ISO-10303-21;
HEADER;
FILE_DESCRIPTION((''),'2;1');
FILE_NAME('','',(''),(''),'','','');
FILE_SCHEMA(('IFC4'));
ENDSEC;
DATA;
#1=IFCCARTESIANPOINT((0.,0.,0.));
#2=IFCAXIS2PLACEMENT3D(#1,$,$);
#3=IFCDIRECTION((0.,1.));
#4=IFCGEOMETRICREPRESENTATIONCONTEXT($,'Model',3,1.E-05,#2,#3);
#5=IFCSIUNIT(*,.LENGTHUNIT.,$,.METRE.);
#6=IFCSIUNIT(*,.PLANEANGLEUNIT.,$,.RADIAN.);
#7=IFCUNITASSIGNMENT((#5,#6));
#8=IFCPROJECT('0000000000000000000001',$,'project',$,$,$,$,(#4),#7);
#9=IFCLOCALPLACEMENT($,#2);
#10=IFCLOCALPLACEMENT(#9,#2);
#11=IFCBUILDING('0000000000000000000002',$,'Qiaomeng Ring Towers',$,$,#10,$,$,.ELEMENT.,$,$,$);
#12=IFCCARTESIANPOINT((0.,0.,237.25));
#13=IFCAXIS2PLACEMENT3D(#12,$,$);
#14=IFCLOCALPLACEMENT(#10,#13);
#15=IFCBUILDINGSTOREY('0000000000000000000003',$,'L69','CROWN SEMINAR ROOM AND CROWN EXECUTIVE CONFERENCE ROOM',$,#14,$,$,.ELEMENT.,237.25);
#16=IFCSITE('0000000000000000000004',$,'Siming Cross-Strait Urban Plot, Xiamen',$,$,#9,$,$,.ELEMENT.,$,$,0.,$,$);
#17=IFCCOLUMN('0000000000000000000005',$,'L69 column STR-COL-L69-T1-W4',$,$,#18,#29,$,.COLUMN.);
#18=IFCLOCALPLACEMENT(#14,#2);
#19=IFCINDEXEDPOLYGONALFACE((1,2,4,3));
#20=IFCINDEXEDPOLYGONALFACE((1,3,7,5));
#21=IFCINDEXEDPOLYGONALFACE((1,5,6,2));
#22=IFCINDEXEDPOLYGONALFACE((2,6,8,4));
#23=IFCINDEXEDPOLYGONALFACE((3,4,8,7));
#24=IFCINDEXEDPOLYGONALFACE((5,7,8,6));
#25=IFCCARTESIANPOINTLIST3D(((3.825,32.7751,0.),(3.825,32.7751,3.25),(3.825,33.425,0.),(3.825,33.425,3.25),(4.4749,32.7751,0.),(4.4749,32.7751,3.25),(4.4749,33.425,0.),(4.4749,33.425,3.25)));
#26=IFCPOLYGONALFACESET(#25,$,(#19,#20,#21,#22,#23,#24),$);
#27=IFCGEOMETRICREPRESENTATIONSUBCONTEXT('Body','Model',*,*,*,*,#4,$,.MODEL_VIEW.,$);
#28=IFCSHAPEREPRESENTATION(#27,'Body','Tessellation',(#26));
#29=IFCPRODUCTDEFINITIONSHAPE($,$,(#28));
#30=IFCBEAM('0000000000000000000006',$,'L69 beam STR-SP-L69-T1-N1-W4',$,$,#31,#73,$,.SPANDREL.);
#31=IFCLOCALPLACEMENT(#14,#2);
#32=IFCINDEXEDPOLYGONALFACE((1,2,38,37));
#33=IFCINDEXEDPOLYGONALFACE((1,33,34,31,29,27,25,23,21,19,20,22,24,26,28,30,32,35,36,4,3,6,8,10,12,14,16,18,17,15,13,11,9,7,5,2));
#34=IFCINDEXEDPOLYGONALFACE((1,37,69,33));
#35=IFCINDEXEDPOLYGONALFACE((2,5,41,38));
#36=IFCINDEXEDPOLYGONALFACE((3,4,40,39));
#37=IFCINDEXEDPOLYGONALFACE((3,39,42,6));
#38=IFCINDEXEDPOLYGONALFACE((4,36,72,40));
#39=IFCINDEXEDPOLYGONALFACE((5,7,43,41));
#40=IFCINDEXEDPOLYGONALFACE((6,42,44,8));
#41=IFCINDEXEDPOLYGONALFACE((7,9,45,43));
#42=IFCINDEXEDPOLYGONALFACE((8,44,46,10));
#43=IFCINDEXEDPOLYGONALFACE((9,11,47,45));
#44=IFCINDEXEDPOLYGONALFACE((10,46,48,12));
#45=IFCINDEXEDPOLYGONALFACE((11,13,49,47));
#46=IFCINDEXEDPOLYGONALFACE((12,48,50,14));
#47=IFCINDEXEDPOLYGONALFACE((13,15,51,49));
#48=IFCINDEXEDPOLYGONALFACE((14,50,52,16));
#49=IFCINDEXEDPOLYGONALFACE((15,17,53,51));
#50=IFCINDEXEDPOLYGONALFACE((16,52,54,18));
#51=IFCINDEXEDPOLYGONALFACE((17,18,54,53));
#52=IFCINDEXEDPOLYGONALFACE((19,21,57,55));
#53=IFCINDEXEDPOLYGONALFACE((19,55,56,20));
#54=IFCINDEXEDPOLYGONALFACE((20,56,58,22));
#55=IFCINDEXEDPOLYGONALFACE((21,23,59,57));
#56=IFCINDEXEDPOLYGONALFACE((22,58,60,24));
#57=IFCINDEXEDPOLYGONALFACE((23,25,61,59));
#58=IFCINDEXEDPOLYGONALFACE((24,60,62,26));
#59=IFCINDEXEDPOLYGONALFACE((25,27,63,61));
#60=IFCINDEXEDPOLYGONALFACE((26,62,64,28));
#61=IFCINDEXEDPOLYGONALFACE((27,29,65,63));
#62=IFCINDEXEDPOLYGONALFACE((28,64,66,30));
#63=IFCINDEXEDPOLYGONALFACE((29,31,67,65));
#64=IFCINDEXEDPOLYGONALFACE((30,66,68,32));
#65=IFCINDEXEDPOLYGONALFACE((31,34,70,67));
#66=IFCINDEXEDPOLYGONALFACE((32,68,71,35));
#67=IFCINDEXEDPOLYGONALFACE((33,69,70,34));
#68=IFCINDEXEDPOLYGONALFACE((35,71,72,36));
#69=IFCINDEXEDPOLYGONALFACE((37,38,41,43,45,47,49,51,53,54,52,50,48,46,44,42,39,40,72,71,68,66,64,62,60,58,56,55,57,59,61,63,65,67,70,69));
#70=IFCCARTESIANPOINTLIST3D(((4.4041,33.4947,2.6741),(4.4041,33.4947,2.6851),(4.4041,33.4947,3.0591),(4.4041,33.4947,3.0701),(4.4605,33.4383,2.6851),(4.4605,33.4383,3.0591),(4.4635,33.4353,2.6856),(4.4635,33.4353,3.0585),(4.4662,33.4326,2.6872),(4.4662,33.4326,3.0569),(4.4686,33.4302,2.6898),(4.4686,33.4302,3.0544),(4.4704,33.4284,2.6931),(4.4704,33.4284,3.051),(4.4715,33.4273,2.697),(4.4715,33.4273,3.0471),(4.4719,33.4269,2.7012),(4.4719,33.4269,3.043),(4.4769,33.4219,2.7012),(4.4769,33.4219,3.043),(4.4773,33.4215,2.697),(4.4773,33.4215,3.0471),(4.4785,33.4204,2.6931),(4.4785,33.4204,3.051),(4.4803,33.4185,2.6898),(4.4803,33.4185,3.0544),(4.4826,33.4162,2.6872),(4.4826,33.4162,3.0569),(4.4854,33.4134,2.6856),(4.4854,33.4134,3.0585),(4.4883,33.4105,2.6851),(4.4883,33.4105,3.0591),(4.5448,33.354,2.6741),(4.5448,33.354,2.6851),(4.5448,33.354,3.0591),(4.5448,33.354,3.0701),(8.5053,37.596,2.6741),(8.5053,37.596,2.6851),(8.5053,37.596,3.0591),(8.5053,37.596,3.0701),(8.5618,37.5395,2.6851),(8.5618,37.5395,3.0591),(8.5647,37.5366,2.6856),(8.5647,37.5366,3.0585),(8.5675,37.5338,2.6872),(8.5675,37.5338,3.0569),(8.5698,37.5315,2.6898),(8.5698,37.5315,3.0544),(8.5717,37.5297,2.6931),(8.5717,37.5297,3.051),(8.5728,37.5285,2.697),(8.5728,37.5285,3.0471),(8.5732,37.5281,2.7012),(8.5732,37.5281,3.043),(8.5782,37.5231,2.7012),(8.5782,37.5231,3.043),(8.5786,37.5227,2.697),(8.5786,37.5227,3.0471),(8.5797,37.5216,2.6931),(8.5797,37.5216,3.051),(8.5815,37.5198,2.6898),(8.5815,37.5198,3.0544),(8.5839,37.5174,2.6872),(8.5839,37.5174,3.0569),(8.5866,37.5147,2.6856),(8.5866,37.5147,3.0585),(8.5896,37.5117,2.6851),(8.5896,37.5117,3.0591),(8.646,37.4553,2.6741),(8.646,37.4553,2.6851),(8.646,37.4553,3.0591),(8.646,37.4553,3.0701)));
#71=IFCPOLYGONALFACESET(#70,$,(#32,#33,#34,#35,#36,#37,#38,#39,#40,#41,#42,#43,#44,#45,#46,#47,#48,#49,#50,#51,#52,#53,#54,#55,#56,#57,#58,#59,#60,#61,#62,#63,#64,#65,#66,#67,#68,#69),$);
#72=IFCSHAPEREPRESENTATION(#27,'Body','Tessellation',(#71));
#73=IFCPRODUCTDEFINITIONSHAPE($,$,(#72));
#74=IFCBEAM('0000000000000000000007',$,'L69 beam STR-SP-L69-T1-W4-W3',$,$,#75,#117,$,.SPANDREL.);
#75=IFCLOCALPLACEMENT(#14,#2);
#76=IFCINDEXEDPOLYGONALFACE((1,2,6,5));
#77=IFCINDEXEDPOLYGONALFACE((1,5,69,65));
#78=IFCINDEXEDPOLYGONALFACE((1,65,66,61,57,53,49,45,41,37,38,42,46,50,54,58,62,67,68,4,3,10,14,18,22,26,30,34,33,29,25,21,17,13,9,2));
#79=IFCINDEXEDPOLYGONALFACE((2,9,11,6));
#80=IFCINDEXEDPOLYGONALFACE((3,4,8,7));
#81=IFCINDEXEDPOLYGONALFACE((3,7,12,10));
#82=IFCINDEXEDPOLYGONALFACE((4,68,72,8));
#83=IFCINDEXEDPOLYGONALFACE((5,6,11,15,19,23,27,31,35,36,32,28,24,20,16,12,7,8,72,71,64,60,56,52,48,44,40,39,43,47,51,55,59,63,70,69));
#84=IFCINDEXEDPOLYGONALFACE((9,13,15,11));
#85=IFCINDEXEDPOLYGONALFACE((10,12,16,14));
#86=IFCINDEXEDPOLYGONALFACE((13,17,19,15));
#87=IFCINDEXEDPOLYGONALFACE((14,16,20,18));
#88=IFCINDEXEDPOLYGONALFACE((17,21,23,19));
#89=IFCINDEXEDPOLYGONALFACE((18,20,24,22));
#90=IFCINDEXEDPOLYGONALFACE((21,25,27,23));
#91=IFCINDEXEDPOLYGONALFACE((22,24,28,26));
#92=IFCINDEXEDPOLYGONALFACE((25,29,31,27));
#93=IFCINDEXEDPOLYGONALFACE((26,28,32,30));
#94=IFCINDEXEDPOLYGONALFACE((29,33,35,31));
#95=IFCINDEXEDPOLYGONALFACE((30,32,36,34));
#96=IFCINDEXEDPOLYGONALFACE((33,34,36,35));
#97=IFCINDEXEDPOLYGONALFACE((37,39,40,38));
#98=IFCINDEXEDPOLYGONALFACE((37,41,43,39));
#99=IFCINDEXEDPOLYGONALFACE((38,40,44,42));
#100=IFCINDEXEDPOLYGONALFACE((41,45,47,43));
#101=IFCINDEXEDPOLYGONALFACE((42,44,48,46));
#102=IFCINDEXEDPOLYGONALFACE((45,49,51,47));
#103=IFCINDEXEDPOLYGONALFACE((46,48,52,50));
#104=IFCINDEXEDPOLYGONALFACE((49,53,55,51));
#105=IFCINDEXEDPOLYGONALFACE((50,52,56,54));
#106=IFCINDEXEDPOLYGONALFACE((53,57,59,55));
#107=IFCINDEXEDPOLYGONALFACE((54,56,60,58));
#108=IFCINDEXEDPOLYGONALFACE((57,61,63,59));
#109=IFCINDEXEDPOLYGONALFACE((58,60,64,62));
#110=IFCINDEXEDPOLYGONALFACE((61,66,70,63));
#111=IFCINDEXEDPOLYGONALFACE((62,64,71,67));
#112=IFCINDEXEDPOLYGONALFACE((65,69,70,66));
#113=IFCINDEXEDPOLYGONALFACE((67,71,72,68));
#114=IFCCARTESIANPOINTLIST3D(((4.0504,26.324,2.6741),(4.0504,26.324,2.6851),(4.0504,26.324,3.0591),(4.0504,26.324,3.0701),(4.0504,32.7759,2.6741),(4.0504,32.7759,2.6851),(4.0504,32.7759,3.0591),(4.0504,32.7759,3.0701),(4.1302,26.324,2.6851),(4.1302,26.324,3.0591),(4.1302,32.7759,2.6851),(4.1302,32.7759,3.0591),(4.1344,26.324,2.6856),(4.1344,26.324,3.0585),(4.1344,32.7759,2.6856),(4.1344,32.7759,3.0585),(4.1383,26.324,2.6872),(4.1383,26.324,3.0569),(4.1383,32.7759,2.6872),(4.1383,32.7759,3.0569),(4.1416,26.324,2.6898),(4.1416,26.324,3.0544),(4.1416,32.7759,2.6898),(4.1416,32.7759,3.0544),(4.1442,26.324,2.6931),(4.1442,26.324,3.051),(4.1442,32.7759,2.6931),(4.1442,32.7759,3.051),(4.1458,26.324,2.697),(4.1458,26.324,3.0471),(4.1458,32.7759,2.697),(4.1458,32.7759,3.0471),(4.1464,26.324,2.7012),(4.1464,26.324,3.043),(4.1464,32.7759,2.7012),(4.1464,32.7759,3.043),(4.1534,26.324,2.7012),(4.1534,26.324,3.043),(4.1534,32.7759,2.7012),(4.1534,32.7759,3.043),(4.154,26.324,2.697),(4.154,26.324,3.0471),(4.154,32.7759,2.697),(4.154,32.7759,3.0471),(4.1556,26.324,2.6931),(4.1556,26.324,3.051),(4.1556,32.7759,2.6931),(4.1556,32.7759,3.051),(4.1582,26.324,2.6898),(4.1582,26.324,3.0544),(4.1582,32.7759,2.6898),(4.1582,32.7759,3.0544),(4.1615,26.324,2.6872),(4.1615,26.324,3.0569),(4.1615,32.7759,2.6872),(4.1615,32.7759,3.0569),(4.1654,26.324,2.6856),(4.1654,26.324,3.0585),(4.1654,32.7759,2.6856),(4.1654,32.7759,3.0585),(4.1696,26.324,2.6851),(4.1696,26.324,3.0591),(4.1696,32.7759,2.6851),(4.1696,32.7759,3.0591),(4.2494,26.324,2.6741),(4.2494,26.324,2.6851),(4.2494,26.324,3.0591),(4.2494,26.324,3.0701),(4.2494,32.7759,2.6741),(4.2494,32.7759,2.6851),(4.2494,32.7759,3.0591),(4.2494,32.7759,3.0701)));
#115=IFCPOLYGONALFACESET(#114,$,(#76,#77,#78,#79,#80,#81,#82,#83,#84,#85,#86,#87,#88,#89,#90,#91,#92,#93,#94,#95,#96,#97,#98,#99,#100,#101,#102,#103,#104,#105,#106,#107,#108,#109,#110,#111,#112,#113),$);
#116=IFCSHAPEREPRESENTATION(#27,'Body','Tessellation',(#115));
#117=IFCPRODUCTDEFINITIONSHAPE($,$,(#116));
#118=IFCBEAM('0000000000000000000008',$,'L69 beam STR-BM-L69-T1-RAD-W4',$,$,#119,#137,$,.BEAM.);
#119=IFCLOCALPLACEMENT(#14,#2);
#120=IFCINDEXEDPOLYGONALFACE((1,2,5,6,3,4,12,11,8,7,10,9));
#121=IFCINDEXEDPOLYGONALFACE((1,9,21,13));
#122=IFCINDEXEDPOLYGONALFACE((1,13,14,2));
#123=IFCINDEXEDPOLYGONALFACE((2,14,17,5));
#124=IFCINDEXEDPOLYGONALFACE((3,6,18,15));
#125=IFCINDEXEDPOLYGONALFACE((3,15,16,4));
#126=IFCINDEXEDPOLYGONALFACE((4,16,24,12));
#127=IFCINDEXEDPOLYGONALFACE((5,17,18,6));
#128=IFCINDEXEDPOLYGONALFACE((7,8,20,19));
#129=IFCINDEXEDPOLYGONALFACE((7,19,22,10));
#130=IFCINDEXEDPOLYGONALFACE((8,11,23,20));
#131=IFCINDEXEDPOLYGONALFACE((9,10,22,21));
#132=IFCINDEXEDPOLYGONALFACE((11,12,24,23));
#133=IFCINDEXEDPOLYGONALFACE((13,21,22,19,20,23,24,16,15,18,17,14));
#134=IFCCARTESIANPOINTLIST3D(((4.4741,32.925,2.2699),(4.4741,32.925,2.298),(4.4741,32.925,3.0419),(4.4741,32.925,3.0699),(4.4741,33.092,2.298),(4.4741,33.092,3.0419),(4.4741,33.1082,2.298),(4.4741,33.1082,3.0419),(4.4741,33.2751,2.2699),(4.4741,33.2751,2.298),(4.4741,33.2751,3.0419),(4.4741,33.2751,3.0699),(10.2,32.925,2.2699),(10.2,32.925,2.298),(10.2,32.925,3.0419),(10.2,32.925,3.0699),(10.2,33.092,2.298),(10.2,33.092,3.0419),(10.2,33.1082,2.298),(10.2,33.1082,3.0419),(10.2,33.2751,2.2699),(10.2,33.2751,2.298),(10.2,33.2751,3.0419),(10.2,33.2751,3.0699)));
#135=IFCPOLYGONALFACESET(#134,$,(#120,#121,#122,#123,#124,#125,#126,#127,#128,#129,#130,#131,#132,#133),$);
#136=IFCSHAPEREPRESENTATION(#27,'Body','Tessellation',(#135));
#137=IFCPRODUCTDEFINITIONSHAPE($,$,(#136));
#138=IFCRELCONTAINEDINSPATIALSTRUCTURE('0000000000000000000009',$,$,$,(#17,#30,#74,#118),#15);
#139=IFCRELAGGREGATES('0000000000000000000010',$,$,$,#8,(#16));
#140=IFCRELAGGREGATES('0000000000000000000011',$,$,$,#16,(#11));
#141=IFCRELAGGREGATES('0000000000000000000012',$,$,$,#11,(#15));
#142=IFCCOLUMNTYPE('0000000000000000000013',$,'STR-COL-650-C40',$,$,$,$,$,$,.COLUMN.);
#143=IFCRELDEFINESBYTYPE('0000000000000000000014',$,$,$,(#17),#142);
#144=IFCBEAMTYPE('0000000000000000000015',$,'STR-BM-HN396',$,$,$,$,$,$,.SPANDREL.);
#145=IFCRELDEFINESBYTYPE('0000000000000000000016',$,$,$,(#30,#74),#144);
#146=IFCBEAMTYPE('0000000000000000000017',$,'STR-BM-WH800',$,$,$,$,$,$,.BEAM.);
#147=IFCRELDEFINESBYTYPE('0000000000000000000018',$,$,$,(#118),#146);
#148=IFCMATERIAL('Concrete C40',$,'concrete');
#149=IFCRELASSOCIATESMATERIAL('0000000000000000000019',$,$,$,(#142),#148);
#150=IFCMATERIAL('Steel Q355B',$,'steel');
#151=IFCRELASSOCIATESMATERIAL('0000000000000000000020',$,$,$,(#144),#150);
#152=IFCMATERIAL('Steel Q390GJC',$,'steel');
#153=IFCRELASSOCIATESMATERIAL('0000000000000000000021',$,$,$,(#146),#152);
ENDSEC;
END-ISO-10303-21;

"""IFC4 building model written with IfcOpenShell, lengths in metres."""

from ifc_helpers import new_model, si_unit, direction, frame, origin, origin_2d, place, context, subcontext, project, spatial, rectangle, i_section, extrude, source, transform, mapped, material, material_profile, profile_set, type_object, element, save


model = new_model("IFC4")

# Units and contexts
model_context = context("Model", 3, precision=1e-05, world=origin(), true_north=direction((0.0, 1.0)))
body_context = subcontext(model_context, "Body", "Model", "MODEL_VIEW")
ifc_project = project(units=[si_unit("LENGTHUNIT", "METRE"), si_unit("PLANEANGLEUNIT", "RADIAN")], contexts=[model_context])

# Site, building, storey
site_placement = place(None, origin())
site = spatial("IfcSite", under=ifc_project, at=site_placement, Name="Siming Cross-Strait Urban Plot, Xiamen", CompositionType="ELEMENT", RefElevation=0.0)
building_placement = place(site_placement, origin())
building = spatial("IfcBuilding", under=site, at=building_placement, Name="Qiaomeng Ring Towers", CompositionType="ELEMENT")
storey_placement = place(building_placement, frame((0.0, 0.0, 237.25)))
storey = spatial("IfcBuildingStorey", under=building, at=storey_placement, Name="L69", Description="CROWN SEMINAR ROOM AND CROWN EXECUTIVE CONFERENCE ROOM", CompositionType="ELEMENT", Elevation=237.25)

# Column
ifc_material_1 = material(Name="Concrete C40", Category="concrete")
ifc_material_profile_1 = material_profile(ifc_material_1, rectangle(XDim=0.6499, YDim=0.6499, at=origin_2d()), Name="RC COL 650x650")
ifc_profile_set_1 = profile_set([ifc_material_profile_1], Name="Concrete C40")
column_type = type_object("IfcColumnType", Name="STR-COL-650-C40", PredefinedType="COLUMN", material=ifc_profile_set_1)
shared_shape_1 = source(origin(), body_context, "Body", "SweptSolid", [
    extrude(rectangle(XDim=0.6499, YDim=0.6499, at=origin_2d()), origin(), (0.0, 0.0, 1.0), 3.25),
])
column_placement = place(storey_placement, frame((4.1499, 33.1001, 0.0), z_axis=(0.0, 0.0, 1.0), x_axis=(1.0, 0.0, 0.0)))
element("IfcColumn", 1, at=column_placement, inside=storey, type_object=column_type, Name="L69 column STR-COL-L69-T1-W4", PredefinedType="COLUMN", context=body_context, shape_type="MappedRepresentation", body=[
    mapped(shared_shape_1, transform((0.0, 0.0, 0.0), x_axis=(1.0, 0.0, 0.0), y_axis=(0.0, 1.0, 0.0), z_axis=(0.0, 0.0, 1.0), scale=1.0)),
])

# Beams
ifc_material_2 = material(Name="Steel Q355B", Category="steel")
ifc_material_profile_2 = material_profile(ifc_material_2, i_section(OverallWidth=0.199, OverallDepth=0.396, WebThickness=0.0071, FlangeThickness=0.011, FilletRadius=0.0161, at=origin_2d()), Name="HN 396x199x7x11")
ifc_profile_set_2 = profile_set([ifc_material_profile_2], Name="Steel Q355B")
beam_type_1 = type_object("IfcBeamType", Name="STR-BM-HN396", PredefinedType="SPANDREL", material=ifc_profile_set_2)
shared_shape_2 = source(origin(), body_context, "Body", "SweptSolid", [
    extrude(i_section(OverallWidth=0.199, OverallDepth=0.396, WebThickness=0.0071, FlangeThickness=0.011, FilletRadius=0.0161, at=origin_2d()), origin(), (0.0, 0.0, 1.0), 5.8),
])
beam_1_placement = place(storey_placement, frame((8.5757, 37.5256, 2.8721), z_axis=(-0.707107, -0.707107, 0.0), x_axis=(0.707107, -0.707107, 0.0)))
element("IfcBeam", 2, at=beam_1_placement, inside=storey, type_object=beam_type_1, Name="L69 beam STR-SP-L69-T1-N1-W4", PredefinedType="SPANDREL", context=body_context, shape_type="MappedRepresentation", body=[
    mapped(shared_shape_2, transform((0.0, 0.0, 0.0), x_axis=(1.0, 0.0, 0.0), y_axis=(0.0, 1.0, 0.0), z_axis=(0.0, 0.0, 1.0), scale=1.0)),
])
shared_shape_3 = source(origin(), body_context, "Body", "SweptSolid", [
    extrude(i_section(OverallWidth=0.199, OverallDepth=0.396, WebThickness=0.0071, FlangeThickness=0.011, FilletRadius=0.0161, at=origin_2d()), origin(), (0.0, 0.0, 1.0), 6.4519),
])
beam_2_placement = place(storey_placement, frame((4.1499, 32.7759, 2.8721), z_axis=(0.0, -1.0, 0.0), x_axis=(1.0, 0.0, 0.0)))
element("IfcBeam", 3, at=beam_2_placement, inside=storey, type_object=beam_type_1, Name="L69 beam STR-SP-L69-T1-W4-W3", PredefinedType="SPANDREL", context=body_context, shape_type="MappedRepresentation", body=[
    mapped(shared_shape_3, transform((0.0, 0.0, 0.0), x_axis=(1.0, 0.0, 0.0), y_axis=(0.0, 1.0, 0.0), z_axis=(0.0, 0.0, 1.0), scale=1.0)),
])
ifc_material_3 = material(Name="Steel Q390GJC", Category="steel")
ifc_material_profile_3 = material_profile(ifc_material_3, i_section(OverallWidth=0.3501, OverallDepth=0.8, WebThickness=0.0161, FlangeThickness=0.0281, at=origin_2d()), Name="WH 800x350x16x28")
ifc_profile_set_3 = profile_set([ifc_material_profile_3], Name="Steel Q390GJC")
beam_type_2 = type_object("IfcBeamType", Name="STR-BM-WH800", PredefinedType="BEAM", material=ifc_profile_set_3)
shared_shape_4 = source(origin(), body_context, "Body", "SweptSolid", [
    extrude(i_section(OverallWidth=0.3501, OverallDepth=0.8, WebThickness=0.0161, FlangeThickness=0.0281, at=origin_2d()), origin(), (0.0, 0.0, 1.0), 5.7258),
])
beam_3_placement = place(storey_placement, frame((4.4741, 33.1001, 2.6699), z_axis=(1.0, 0.0, 0.0), x_axis=(0.0, 1.0, 0.0)))
element("IfcBeam", 4, at=beam_3_placement, inside=storey, type_object=beam_type_2, Name="L69 beam STR-BM-L69-T1-RAD-W4", PredefinedType="BEAM", context=body_context, shape_type="MappedRepresentation", body=[
    mapped(shared_shape_4, transform((0.0, 0.0, 0.0), x_axis=(1.0, 0.0, 0.0), y_axis=(0.0, 1.0, 0.0), z_axis=(0.0, 0.0, 1.0), scale=1.0)),
])

save(model, "model.ifc")
